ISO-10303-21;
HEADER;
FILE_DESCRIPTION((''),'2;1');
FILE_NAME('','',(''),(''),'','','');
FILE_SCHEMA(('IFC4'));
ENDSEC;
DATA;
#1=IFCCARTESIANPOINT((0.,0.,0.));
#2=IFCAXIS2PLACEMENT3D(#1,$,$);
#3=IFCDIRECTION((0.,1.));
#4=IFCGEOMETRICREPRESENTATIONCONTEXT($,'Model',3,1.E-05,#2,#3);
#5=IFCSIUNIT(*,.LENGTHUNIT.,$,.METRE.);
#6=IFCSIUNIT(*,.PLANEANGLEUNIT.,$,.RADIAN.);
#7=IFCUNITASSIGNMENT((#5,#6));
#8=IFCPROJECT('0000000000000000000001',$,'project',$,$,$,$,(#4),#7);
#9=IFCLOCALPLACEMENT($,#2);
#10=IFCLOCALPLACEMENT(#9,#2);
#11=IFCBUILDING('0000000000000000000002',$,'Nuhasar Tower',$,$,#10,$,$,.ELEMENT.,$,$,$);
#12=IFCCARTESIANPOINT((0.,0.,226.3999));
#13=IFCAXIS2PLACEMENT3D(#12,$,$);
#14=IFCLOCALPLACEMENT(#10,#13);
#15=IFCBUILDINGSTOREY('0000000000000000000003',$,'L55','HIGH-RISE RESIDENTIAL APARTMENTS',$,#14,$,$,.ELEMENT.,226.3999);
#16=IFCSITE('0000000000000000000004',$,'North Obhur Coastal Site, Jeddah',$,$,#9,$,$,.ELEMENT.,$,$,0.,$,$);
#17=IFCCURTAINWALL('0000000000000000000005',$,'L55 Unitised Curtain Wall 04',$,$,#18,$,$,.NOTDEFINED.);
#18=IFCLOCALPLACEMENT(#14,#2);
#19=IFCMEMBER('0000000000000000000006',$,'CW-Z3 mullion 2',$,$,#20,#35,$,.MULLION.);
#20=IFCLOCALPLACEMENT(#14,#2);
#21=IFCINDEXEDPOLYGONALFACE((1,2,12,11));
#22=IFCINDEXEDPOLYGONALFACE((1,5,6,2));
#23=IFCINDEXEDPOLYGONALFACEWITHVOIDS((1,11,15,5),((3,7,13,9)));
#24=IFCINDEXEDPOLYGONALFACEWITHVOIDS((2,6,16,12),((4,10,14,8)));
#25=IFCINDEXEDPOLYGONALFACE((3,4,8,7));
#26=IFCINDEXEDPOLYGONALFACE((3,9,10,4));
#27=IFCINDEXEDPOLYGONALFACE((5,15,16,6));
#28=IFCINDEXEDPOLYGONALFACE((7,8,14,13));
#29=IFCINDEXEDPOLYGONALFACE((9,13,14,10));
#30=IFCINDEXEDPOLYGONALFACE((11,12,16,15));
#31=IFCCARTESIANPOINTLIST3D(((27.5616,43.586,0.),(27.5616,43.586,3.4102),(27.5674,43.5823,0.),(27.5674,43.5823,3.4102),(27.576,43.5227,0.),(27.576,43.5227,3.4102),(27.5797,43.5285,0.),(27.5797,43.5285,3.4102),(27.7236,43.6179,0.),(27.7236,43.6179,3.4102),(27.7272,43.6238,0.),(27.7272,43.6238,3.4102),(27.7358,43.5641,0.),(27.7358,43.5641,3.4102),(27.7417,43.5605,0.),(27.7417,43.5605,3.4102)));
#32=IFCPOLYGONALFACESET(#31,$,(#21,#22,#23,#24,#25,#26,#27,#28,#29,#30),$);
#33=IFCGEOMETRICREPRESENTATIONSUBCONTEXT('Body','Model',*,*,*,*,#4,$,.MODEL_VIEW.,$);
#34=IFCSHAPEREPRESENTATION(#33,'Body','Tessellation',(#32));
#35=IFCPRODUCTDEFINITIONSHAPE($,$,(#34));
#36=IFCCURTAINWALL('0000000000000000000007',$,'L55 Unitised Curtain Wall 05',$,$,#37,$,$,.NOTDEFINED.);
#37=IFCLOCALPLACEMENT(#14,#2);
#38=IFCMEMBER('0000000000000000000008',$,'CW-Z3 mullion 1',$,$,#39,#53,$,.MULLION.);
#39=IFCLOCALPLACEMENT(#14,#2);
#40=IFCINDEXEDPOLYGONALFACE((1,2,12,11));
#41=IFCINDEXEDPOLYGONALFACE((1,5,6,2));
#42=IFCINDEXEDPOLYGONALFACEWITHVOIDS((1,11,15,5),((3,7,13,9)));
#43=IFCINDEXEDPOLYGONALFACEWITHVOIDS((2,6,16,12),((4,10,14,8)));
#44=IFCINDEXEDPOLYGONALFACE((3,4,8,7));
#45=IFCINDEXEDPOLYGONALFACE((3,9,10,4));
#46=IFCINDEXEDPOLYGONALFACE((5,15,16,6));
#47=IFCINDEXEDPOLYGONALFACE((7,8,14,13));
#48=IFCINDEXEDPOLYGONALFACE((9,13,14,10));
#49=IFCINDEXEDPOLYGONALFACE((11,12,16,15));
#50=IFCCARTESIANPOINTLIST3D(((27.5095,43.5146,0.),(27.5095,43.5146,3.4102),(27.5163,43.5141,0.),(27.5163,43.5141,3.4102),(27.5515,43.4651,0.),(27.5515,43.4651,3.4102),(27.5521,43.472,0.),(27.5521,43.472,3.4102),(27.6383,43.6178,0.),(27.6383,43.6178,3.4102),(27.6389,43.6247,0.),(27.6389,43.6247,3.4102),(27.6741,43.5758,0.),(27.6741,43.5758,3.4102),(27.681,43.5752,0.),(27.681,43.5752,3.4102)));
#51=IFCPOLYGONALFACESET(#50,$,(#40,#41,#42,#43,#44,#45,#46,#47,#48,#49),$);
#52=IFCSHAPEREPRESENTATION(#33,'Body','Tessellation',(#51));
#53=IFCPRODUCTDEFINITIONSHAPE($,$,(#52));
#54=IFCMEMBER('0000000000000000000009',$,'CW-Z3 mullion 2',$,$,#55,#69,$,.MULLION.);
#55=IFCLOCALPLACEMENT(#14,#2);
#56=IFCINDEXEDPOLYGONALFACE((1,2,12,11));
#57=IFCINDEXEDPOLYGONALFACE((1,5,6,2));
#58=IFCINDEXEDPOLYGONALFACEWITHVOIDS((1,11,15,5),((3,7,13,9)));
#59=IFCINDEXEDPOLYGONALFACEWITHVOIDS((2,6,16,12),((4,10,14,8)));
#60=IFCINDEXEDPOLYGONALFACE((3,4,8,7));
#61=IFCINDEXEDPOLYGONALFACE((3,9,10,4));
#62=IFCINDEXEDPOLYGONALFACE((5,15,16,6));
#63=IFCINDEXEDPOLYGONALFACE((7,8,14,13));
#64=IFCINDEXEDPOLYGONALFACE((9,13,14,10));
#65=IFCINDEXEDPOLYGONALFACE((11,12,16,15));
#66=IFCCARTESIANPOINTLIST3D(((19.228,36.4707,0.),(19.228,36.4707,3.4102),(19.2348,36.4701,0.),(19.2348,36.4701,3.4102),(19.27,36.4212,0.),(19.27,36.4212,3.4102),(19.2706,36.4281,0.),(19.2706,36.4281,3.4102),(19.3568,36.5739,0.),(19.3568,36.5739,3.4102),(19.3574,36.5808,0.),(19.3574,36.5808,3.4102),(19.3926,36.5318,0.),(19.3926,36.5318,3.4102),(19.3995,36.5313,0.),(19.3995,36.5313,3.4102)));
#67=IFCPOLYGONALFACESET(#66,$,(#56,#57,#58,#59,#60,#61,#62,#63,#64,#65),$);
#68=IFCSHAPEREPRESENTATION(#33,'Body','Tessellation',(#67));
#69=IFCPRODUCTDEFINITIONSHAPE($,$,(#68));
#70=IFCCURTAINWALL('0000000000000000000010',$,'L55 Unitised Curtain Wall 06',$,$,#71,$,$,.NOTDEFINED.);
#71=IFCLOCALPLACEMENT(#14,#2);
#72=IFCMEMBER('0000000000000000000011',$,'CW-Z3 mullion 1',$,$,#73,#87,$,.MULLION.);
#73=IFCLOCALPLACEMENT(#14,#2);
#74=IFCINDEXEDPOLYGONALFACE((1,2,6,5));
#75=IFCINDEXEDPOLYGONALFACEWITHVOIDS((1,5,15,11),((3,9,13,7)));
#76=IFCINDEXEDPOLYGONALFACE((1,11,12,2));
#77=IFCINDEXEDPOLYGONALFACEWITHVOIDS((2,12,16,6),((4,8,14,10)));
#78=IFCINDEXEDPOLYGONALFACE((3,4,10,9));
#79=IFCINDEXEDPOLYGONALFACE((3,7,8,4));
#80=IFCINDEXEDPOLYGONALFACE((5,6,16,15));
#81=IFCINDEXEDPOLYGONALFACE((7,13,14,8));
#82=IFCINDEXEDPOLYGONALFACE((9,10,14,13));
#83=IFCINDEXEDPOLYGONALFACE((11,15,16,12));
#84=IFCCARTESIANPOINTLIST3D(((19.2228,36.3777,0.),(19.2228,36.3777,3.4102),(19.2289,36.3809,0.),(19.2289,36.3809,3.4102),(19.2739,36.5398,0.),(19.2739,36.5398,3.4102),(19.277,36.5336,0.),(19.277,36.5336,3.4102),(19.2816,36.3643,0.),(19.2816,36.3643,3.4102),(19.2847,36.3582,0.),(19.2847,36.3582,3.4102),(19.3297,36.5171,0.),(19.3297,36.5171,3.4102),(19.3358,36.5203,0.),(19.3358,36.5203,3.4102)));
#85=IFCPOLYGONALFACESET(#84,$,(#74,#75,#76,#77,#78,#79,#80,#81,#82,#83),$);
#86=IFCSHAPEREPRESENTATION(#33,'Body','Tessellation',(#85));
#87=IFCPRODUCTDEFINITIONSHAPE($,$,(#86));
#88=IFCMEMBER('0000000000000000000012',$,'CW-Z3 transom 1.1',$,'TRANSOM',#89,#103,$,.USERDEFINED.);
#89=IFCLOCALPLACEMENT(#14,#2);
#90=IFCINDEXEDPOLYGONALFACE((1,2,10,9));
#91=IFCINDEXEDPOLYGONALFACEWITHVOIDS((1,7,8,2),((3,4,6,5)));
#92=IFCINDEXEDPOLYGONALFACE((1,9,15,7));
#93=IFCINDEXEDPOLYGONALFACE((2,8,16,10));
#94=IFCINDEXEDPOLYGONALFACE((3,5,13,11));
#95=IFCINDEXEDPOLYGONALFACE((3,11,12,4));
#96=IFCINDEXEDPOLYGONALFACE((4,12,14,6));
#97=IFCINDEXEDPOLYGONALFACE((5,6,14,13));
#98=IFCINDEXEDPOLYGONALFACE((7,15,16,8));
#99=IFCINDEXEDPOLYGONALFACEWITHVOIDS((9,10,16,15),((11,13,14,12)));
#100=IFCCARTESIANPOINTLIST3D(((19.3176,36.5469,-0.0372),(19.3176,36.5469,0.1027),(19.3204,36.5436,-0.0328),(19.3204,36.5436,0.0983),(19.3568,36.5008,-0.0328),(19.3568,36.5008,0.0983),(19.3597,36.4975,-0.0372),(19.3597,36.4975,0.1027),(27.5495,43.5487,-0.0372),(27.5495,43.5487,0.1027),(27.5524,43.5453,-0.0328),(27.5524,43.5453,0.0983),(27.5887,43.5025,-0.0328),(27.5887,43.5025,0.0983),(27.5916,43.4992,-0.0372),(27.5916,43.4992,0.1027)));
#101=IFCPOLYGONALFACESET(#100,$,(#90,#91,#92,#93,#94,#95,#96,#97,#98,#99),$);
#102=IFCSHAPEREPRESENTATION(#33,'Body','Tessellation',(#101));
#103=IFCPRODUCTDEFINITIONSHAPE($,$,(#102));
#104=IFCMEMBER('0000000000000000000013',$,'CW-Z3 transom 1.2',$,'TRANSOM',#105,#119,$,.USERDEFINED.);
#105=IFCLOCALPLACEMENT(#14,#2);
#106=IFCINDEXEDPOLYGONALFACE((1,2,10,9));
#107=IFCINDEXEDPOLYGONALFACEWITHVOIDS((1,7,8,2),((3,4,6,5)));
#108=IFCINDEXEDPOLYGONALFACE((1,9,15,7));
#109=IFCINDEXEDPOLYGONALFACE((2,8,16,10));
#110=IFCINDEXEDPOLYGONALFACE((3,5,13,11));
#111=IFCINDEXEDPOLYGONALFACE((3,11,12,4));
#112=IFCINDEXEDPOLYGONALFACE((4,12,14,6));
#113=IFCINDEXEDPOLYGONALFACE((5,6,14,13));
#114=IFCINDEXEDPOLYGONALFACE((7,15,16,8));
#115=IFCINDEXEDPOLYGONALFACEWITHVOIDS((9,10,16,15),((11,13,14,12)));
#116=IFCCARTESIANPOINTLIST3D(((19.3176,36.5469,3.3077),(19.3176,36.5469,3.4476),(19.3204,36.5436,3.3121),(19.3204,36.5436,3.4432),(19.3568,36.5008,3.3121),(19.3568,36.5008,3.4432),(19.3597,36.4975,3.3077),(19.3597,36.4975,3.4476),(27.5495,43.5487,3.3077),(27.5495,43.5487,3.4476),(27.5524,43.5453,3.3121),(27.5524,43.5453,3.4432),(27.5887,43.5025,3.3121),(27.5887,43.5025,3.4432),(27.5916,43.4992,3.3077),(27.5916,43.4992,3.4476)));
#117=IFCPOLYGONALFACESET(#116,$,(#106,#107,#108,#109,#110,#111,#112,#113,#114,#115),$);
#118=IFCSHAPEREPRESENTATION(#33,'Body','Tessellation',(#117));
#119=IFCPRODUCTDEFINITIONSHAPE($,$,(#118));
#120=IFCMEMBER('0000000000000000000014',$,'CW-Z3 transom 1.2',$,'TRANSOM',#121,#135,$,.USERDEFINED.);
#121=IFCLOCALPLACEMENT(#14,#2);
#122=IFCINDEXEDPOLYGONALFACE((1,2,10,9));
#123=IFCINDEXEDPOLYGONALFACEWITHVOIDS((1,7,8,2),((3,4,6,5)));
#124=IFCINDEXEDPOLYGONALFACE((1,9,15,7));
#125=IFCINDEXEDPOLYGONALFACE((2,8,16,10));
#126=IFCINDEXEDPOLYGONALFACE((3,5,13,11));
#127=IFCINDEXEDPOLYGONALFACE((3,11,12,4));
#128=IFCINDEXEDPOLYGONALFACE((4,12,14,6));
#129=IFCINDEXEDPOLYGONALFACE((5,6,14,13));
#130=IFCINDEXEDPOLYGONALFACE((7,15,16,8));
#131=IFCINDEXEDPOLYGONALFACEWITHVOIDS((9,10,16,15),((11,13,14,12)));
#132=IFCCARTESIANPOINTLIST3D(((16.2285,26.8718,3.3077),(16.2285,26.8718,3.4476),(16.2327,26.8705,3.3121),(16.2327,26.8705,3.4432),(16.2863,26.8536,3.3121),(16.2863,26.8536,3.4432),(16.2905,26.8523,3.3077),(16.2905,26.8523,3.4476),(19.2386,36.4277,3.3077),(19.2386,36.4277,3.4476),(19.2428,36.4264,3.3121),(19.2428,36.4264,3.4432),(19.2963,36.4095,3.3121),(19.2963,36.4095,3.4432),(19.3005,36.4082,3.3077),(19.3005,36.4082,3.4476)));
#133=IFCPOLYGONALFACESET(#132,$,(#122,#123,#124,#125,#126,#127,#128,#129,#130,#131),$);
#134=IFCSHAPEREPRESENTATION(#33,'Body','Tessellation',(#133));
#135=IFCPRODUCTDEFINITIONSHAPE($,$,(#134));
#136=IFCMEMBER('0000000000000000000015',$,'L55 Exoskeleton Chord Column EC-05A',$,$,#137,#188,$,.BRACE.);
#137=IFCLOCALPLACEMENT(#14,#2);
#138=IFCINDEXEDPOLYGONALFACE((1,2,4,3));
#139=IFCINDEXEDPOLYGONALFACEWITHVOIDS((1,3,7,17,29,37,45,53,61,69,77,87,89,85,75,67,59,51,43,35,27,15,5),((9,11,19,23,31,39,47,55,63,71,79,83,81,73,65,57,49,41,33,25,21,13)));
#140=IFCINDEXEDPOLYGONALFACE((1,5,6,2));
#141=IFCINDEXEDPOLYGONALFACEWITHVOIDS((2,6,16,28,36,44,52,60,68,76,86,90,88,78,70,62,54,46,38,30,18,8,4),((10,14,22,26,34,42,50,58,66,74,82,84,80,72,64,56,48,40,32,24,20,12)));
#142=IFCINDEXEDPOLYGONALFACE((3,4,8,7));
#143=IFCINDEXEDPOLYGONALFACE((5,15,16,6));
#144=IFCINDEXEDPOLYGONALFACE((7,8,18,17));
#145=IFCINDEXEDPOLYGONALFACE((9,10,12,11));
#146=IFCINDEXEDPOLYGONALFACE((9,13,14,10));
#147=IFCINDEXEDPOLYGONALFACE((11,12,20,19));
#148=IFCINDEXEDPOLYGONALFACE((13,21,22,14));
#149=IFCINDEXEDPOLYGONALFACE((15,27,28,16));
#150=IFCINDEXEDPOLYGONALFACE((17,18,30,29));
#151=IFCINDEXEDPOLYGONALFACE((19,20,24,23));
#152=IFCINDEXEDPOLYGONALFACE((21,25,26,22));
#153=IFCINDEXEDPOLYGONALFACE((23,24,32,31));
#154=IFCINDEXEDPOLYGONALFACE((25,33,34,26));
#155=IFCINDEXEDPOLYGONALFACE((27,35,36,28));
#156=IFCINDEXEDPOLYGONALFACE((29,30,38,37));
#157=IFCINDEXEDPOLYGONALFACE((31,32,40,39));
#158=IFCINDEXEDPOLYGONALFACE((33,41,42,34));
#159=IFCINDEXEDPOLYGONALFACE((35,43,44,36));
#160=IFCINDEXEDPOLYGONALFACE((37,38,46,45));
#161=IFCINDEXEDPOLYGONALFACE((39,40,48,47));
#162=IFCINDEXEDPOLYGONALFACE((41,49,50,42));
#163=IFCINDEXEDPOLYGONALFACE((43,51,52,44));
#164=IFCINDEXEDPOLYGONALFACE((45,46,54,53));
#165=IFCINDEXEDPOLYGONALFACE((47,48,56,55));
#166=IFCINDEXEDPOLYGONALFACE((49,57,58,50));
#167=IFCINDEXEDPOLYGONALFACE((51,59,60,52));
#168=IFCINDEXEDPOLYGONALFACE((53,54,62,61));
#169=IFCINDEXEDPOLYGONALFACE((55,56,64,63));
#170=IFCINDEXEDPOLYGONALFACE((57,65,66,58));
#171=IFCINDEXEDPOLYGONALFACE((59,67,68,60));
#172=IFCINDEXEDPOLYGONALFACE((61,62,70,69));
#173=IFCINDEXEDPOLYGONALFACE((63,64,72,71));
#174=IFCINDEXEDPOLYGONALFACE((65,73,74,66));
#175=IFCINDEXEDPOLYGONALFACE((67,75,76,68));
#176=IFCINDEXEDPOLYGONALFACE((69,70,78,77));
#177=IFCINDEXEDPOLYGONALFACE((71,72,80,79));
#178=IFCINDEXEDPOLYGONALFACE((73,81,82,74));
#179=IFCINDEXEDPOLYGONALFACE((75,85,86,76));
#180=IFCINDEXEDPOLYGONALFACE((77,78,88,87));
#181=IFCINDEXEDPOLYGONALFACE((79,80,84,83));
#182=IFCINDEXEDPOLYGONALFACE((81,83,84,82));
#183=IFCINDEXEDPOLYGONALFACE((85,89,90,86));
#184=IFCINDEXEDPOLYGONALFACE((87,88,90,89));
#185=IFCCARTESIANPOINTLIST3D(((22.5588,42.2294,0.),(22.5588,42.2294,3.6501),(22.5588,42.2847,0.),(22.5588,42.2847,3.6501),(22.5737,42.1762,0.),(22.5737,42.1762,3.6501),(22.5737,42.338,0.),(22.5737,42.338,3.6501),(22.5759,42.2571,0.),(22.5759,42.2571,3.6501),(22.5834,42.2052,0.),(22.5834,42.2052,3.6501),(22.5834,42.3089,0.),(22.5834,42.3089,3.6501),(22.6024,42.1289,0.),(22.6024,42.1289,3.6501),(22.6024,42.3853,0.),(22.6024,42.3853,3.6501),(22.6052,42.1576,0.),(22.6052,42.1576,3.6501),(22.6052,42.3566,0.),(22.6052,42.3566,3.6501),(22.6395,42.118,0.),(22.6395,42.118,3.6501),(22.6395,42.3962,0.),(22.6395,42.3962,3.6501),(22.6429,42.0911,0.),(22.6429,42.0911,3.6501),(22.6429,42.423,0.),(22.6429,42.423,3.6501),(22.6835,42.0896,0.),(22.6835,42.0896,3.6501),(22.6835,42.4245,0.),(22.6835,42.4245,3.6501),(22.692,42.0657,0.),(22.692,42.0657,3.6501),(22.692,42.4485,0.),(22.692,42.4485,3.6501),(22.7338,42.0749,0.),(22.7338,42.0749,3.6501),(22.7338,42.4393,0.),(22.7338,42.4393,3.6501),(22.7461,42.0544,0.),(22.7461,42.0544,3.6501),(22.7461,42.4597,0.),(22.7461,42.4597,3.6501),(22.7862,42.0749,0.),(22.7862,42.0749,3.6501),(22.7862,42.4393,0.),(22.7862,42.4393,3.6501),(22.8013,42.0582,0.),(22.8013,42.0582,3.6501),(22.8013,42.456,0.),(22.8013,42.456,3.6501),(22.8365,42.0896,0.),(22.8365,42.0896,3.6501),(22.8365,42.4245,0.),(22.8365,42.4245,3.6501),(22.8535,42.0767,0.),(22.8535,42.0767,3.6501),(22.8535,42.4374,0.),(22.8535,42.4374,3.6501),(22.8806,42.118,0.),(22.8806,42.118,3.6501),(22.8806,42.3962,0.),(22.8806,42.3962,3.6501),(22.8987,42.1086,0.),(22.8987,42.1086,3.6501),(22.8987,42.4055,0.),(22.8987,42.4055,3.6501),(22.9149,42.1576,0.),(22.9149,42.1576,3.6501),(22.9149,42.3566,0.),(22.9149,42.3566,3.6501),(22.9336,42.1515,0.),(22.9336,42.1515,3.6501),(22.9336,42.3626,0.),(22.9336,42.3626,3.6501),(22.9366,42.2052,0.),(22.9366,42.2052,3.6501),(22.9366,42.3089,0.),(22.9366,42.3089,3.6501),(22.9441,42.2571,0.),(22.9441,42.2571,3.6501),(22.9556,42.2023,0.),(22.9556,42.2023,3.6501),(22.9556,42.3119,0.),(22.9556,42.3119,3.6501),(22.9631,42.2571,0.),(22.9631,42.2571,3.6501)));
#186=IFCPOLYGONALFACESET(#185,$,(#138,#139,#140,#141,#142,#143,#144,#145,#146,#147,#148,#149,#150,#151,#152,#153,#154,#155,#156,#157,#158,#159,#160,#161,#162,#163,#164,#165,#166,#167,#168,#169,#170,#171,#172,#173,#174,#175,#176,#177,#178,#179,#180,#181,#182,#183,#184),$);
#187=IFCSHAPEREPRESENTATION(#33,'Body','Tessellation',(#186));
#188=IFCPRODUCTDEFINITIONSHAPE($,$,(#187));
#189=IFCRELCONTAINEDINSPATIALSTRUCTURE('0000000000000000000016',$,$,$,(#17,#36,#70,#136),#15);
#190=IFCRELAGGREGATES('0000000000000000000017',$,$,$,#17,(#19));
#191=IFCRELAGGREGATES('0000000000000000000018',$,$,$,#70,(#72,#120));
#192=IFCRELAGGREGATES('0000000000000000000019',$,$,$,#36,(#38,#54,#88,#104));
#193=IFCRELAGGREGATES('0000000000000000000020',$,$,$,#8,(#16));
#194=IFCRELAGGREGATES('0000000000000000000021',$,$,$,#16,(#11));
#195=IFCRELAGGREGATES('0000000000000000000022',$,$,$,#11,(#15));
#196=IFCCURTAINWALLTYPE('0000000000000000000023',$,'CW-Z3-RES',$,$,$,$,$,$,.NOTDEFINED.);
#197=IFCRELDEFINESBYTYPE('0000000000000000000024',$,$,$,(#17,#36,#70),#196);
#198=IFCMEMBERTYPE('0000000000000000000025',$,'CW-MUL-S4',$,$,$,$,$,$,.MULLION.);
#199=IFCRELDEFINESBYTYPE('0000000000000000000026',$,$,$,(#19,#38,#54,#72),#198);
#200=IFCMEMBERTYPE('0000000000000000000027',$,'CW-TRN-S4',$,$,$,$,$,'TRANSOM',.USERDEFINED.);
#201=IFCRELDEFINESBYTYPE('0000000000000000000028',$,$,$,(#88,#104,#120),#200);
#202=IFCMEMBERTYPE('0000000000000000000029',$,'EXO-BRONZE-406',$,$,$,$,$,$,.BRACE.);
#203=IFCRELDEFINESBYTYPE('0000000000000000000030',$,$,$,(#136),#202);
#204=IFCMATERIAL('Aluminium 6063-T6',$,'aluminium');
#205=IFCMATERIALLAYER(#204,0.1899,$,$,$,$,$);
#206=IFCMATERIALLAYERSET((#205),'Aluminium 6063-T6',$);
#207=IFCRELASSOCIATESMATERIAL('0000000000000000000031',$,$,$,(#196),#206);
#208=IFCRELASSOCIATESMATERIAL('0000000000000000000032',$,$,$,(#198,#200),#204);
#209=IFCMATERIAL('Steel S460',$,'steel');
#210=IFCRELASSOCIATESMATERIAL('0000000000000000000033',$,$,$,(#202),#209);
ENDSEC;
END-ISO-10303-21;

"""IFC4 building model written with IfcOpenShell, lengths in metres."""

from ifc_helpers import new_model, si_unit, direction, frame, origin, origin_2d, place, context, subcontext, project, spatial, hollow_rectangle, hollow_circle, extrude, material, layer, layer_set, material_profile, profile_set, type_object, element, aggregate, save


model = new_model("IFC4")

# Units and contexts
model_context = context("Model", 3, precision=1e-05, world=origin(), true_north=direction((0.0, 1.0)))
body_context = subcontext(model_context, "Body", "Model", "MODEL_VIEW")
ifc_project = project(units=[si_unit("LENGTHUNIT", "METRE"), si_unit("PLANEANGLEUNIT", "RADIAN")], contexts=[model_context])

# Site, building, storey
site_placement = place(None, origin())
site = spatial("IfcSite", under=ifc_project, at=site_placement, Name="North Obhur Coastal Site, Jeddah", CompositionType="ELEMENT", RefElevation=0.0)
building_placement = place(site_placement, origin())
building = spatial("IfcBuilding", under=site, at=building_placement, Name="Nuhasar Tower", CompositionType="ELEMENT")
storey_placement = place(building_placement, frame((0.0, 0.0, 226.3999)))
storey = spatial("IfcBuildingStorey", under=building, at=storey_placement, Name="L55", Description="HIGH-RISE RESIDENTIAL APARTMENTS", CompositionType="ELEMENT", Elevation=226.3999)

# Curtain wall, member
ifc_material_1 = material(Name="Aluminium 6063-T6", Category="aluminium")
ifc_layer_1 = layer(ifc_material_1, 0.1899)
ifc_layer_set_1 = layer_set([ifc_layer_1], Name="Aluminium 6063-T6")
curtain_wall_type = type_object("IfcCurtainWallType", Name="CW-Z3-RES", PredefinedType="NOTDEFINED", material=ifc_layer_set_1)
curtain_wall_1_placement = place(storey_placement, origin())
curtain_wall_1 = element("IfcCurtainWall", 1, at=curtain_wall_1_placement, inside=storey, type_object=curtain_wall_type, Name="L55 Unitised Curtain Wall 04", PredefinedType="NOTDEFINED")
ifc_material_profile_1 = material_profile(ifc_material_1, hollow_rectangle(XDim=0.0649, YDim=0.1699, WallThickness=0.0049, at=origin_2d()), Name="CWM-4")
ifc_profile_set_1 = profile_set([ifc_material_profile_1], Name="Aluminium 6063-T6")
member_type_1 = type_object("IfcMemberType", Name="CW-MUL-S4", PredefinedType="MULLION", material=ifc_profile_set_1)
member_1_placement = place(storey_placement, frame((27.6516, 43.5732, 0.0), z_axis=(0.0, 0.0, 1.0), x_axis=(0.222243, -0.974991, 0.0)))
member_1 = element("IfcMember", 2, at=member_1_placement, type_object=member_type_1, Name="CW-Z3 mullion 2", PredefinedType="MULLION", context=body_context, shape_type="SweptSolid", body=[
    extrude(hollow_rectangle(XDim=0.0649, YDim=0.1699, WallThickness=0.0049, at=origin_2d()), origin(), (0.0, 0.0, 1.0), 3.4102),
])
aggregate(curtain_wall_1, [member_1])

# Curtain wall, members
curtain_wall_2_placement = place(storey_placement, origin())
curtain_wall_2 = element("IfcCurtainWall", 3, at=curtain_wall_2_placement, inside=storey, type_object=curtain_wall_type, Name="L55 Unitised Curtain Wall 05", PredefinedType="NOTDEFINED")
member_2_placement = place(storey_placement, frame((27.5952, 43.5449, 0.0), z_axis=(0.0, 0.0, 1.0), x_axis=(0.647895, -0.761729, 0.0)))
member_2 = element("IfcMember", 4, at=member_2_placement, type_object=member_type_1, Name="CW-Z3 mullion 1", PredefinedType="MULLION", context=body_context, shape_type="SweptSolid", body=[
    extrude(hollow_rectangle(XDim=0.0649, YDim=0.1699, WallThickness=0.0049, at=origin_2d()), origin(), (0.0, 0.0, 1.0), 3.4102),
])
member_3_placement = place(storey_placement, frame((19.3137, 36.501, 0.0), z_axis=(0.0, 0.0, 1.0), x_axis=(0.647895, -0.761729, 0.0)))
member_3 = element("IfcMember", 5, at=member_3_placement, type_object=member_type_1, Name="CW-Z3 mullion 2", PredefinedType="MULLION", context=body_context, shape_type="SweptSolid", body=[
    extrude(hollow_rectangle(XDim=0.0649, YDim=0.1699, WallThickness=0.0049, at=origin_2d()), origin(), (0.0, 0.0, 1.0), 3.4102),
])

# Curtain wall, member
curtain_wall_3_placement = place(storey_placement, origin())
curtain_wall_3 = element("IfcCurtainWall", 6, at=curtain_wall_3_placement, inside=storey, type_object=curtain_wall_type, Name="L55 Unitised Curtain Wall 06", PredefinedType="NOTDEFINED")
member_4_placement = place(storey_placement, frame((19.2793, 36.449, 0.0), z_axis=(0.0, 0.0, 1.0), x_axis=(0.953804, -0.300429, 0.0)))
member_4 = element("IfcMember", 7, at=member_4_placement, type_object=member_type_1, Name="CW-Z3 mullion 1", PredefinedType="MULLION", context=body_context, shape_type="SweptSolid", body=[
    extrude(hollow_rectangle(XDim=0.0649, YDim=0.1699, WallThickness=0.0049, at=origin_2d()), origin(), (0.0, 0.0, 1.0), 3.4102),
])

# Members
ifc_material_profile_2 = material_profile(ifc_material_1, hollow_rectangle(XDim=0.0649, YDim=0.1399, WallThickness=0.0044, at=origin_2d()), Name="CWT-4")
ifc_profile_set_2 = profile_set([ifc_material_profile_2], Name="Aluminium 6063-T6")
member_type_2 = type_object("IfcMemberType", Name="CW-TRN-S4", ElementType="TRANSOM", PredefinedType="USERDEFINED", material=ifc_profile_set_2)
member_5_placement = place(storey_placement, frame((27.5706, 43.5239, 0.0327), z_axis=(-0.761731, -0.647894, 0.0), x_axis=(0.647894, -0.761731, 0.0)))
member_5 = element("IfcMember", 8, at=member_5_placement, type_object=member_type_2, Name="CW-Z3 transom 1.1", ObjectType="TRANSOM", PredefinedType="USERDEFINED", context=body_context, shape_type="SweptSolid", body=[
    extrude(hollow_rectangle(XDim=0.0649, YDim=0.1399, WallThickness=0.0044, at=origin_2d()), origin(), (0.0, 0.0, 1.0), 10.8069),
])
member_6_placement = place(storey_placement, frame((27.5706, 43.5239, 3.3777), z_axis=(-0.761731, -0.647894, 0.0), x_axis=(0.647894, -0.761731, 0.0)))
member_6 = element("IfcMember", 9, at=member_6_placement, type_object=member_type_2, Name="CW-Z3 transom 1.2", ObjectType="TRANSOM", PredefinedType="USERDEFINED", context=body_context, shape_type="SweptSolid", body=[
    extrude(hollow_rectangle(XDim=0.0649, YDim=0.1399, WallThickness=0.0044, at=origin_2d()), origin(), (0.0, 0.0, 1.0), 10.8069),
])
member_7_placement = place(storey_placement, frame((19.2695, 36.418, 3.3777), z_axis=(-0.300437, -0.953802, 0.0), x_axis=(0.953802, -0.300437, 0.0)))
member_7 = element("IfcMember", 10, at=member_7_placement, type_object=member_type_2, Name="CW-Z3 transom 1.2", ObjectType="TRANSOM", PredefinedType="USERDEFINED", context=body_context, shape_type="SweptSolid", body=[
    extrude(hollow_rectangle(XDim=0.0649, YDim=0.1399, WallThickness=0.0044, at=origin_2d()), origin(), (0.0, 0.0, 1.0), 10.0188),
])
aggregate(curtain_wall_3, [member_4, member_7])

# Member
ifc_material_2 = material(Name="Steel S460", Category="steel")
ifc_material_profile_3 = material_profile(ifc_material_2, hollow_circle(Radius=0.2031, WallThickness=0.019, at=origin_2d()), Name="HSS406.4X19.1")
ifc_profile_set_3 = profile_set([ifc_material_profile_3], Name="Steel S460")
member_type_3 = type_object("IfcMemberType", Name="EXO-BRONZE-406", PredefinedType="BRACE", material=ifc_profile_set_3)
for number, where, z_axis, x_axis, name in (
    (11, (22.76, 42.2571, 0.0), (0.0, 0.0, 1.0), (1.0, 0.0, 0.0), "L55 Exoskeleton Chord Column EC-05A"),
):
    element("IfcMember", number, at=place(storey_placement, frame(where, z_axis=z_axis, x_axis=x_axis)), inside=storey, type_object=member_type_3, Name=name, PredefinedType="BRACE", context=body_context, shape_type="SweptSolid", body=[
        extrude(hollow_circle(Radius=0.2031, WallThickness=0.019, at=origin_2d()), origin(), (0.0, 0.0, 1.0), 3.6501),
    ])

aggregate(curtain_wall_2, [member_2, member_3, member_5, member_6])

save(model, "model.ifc")
